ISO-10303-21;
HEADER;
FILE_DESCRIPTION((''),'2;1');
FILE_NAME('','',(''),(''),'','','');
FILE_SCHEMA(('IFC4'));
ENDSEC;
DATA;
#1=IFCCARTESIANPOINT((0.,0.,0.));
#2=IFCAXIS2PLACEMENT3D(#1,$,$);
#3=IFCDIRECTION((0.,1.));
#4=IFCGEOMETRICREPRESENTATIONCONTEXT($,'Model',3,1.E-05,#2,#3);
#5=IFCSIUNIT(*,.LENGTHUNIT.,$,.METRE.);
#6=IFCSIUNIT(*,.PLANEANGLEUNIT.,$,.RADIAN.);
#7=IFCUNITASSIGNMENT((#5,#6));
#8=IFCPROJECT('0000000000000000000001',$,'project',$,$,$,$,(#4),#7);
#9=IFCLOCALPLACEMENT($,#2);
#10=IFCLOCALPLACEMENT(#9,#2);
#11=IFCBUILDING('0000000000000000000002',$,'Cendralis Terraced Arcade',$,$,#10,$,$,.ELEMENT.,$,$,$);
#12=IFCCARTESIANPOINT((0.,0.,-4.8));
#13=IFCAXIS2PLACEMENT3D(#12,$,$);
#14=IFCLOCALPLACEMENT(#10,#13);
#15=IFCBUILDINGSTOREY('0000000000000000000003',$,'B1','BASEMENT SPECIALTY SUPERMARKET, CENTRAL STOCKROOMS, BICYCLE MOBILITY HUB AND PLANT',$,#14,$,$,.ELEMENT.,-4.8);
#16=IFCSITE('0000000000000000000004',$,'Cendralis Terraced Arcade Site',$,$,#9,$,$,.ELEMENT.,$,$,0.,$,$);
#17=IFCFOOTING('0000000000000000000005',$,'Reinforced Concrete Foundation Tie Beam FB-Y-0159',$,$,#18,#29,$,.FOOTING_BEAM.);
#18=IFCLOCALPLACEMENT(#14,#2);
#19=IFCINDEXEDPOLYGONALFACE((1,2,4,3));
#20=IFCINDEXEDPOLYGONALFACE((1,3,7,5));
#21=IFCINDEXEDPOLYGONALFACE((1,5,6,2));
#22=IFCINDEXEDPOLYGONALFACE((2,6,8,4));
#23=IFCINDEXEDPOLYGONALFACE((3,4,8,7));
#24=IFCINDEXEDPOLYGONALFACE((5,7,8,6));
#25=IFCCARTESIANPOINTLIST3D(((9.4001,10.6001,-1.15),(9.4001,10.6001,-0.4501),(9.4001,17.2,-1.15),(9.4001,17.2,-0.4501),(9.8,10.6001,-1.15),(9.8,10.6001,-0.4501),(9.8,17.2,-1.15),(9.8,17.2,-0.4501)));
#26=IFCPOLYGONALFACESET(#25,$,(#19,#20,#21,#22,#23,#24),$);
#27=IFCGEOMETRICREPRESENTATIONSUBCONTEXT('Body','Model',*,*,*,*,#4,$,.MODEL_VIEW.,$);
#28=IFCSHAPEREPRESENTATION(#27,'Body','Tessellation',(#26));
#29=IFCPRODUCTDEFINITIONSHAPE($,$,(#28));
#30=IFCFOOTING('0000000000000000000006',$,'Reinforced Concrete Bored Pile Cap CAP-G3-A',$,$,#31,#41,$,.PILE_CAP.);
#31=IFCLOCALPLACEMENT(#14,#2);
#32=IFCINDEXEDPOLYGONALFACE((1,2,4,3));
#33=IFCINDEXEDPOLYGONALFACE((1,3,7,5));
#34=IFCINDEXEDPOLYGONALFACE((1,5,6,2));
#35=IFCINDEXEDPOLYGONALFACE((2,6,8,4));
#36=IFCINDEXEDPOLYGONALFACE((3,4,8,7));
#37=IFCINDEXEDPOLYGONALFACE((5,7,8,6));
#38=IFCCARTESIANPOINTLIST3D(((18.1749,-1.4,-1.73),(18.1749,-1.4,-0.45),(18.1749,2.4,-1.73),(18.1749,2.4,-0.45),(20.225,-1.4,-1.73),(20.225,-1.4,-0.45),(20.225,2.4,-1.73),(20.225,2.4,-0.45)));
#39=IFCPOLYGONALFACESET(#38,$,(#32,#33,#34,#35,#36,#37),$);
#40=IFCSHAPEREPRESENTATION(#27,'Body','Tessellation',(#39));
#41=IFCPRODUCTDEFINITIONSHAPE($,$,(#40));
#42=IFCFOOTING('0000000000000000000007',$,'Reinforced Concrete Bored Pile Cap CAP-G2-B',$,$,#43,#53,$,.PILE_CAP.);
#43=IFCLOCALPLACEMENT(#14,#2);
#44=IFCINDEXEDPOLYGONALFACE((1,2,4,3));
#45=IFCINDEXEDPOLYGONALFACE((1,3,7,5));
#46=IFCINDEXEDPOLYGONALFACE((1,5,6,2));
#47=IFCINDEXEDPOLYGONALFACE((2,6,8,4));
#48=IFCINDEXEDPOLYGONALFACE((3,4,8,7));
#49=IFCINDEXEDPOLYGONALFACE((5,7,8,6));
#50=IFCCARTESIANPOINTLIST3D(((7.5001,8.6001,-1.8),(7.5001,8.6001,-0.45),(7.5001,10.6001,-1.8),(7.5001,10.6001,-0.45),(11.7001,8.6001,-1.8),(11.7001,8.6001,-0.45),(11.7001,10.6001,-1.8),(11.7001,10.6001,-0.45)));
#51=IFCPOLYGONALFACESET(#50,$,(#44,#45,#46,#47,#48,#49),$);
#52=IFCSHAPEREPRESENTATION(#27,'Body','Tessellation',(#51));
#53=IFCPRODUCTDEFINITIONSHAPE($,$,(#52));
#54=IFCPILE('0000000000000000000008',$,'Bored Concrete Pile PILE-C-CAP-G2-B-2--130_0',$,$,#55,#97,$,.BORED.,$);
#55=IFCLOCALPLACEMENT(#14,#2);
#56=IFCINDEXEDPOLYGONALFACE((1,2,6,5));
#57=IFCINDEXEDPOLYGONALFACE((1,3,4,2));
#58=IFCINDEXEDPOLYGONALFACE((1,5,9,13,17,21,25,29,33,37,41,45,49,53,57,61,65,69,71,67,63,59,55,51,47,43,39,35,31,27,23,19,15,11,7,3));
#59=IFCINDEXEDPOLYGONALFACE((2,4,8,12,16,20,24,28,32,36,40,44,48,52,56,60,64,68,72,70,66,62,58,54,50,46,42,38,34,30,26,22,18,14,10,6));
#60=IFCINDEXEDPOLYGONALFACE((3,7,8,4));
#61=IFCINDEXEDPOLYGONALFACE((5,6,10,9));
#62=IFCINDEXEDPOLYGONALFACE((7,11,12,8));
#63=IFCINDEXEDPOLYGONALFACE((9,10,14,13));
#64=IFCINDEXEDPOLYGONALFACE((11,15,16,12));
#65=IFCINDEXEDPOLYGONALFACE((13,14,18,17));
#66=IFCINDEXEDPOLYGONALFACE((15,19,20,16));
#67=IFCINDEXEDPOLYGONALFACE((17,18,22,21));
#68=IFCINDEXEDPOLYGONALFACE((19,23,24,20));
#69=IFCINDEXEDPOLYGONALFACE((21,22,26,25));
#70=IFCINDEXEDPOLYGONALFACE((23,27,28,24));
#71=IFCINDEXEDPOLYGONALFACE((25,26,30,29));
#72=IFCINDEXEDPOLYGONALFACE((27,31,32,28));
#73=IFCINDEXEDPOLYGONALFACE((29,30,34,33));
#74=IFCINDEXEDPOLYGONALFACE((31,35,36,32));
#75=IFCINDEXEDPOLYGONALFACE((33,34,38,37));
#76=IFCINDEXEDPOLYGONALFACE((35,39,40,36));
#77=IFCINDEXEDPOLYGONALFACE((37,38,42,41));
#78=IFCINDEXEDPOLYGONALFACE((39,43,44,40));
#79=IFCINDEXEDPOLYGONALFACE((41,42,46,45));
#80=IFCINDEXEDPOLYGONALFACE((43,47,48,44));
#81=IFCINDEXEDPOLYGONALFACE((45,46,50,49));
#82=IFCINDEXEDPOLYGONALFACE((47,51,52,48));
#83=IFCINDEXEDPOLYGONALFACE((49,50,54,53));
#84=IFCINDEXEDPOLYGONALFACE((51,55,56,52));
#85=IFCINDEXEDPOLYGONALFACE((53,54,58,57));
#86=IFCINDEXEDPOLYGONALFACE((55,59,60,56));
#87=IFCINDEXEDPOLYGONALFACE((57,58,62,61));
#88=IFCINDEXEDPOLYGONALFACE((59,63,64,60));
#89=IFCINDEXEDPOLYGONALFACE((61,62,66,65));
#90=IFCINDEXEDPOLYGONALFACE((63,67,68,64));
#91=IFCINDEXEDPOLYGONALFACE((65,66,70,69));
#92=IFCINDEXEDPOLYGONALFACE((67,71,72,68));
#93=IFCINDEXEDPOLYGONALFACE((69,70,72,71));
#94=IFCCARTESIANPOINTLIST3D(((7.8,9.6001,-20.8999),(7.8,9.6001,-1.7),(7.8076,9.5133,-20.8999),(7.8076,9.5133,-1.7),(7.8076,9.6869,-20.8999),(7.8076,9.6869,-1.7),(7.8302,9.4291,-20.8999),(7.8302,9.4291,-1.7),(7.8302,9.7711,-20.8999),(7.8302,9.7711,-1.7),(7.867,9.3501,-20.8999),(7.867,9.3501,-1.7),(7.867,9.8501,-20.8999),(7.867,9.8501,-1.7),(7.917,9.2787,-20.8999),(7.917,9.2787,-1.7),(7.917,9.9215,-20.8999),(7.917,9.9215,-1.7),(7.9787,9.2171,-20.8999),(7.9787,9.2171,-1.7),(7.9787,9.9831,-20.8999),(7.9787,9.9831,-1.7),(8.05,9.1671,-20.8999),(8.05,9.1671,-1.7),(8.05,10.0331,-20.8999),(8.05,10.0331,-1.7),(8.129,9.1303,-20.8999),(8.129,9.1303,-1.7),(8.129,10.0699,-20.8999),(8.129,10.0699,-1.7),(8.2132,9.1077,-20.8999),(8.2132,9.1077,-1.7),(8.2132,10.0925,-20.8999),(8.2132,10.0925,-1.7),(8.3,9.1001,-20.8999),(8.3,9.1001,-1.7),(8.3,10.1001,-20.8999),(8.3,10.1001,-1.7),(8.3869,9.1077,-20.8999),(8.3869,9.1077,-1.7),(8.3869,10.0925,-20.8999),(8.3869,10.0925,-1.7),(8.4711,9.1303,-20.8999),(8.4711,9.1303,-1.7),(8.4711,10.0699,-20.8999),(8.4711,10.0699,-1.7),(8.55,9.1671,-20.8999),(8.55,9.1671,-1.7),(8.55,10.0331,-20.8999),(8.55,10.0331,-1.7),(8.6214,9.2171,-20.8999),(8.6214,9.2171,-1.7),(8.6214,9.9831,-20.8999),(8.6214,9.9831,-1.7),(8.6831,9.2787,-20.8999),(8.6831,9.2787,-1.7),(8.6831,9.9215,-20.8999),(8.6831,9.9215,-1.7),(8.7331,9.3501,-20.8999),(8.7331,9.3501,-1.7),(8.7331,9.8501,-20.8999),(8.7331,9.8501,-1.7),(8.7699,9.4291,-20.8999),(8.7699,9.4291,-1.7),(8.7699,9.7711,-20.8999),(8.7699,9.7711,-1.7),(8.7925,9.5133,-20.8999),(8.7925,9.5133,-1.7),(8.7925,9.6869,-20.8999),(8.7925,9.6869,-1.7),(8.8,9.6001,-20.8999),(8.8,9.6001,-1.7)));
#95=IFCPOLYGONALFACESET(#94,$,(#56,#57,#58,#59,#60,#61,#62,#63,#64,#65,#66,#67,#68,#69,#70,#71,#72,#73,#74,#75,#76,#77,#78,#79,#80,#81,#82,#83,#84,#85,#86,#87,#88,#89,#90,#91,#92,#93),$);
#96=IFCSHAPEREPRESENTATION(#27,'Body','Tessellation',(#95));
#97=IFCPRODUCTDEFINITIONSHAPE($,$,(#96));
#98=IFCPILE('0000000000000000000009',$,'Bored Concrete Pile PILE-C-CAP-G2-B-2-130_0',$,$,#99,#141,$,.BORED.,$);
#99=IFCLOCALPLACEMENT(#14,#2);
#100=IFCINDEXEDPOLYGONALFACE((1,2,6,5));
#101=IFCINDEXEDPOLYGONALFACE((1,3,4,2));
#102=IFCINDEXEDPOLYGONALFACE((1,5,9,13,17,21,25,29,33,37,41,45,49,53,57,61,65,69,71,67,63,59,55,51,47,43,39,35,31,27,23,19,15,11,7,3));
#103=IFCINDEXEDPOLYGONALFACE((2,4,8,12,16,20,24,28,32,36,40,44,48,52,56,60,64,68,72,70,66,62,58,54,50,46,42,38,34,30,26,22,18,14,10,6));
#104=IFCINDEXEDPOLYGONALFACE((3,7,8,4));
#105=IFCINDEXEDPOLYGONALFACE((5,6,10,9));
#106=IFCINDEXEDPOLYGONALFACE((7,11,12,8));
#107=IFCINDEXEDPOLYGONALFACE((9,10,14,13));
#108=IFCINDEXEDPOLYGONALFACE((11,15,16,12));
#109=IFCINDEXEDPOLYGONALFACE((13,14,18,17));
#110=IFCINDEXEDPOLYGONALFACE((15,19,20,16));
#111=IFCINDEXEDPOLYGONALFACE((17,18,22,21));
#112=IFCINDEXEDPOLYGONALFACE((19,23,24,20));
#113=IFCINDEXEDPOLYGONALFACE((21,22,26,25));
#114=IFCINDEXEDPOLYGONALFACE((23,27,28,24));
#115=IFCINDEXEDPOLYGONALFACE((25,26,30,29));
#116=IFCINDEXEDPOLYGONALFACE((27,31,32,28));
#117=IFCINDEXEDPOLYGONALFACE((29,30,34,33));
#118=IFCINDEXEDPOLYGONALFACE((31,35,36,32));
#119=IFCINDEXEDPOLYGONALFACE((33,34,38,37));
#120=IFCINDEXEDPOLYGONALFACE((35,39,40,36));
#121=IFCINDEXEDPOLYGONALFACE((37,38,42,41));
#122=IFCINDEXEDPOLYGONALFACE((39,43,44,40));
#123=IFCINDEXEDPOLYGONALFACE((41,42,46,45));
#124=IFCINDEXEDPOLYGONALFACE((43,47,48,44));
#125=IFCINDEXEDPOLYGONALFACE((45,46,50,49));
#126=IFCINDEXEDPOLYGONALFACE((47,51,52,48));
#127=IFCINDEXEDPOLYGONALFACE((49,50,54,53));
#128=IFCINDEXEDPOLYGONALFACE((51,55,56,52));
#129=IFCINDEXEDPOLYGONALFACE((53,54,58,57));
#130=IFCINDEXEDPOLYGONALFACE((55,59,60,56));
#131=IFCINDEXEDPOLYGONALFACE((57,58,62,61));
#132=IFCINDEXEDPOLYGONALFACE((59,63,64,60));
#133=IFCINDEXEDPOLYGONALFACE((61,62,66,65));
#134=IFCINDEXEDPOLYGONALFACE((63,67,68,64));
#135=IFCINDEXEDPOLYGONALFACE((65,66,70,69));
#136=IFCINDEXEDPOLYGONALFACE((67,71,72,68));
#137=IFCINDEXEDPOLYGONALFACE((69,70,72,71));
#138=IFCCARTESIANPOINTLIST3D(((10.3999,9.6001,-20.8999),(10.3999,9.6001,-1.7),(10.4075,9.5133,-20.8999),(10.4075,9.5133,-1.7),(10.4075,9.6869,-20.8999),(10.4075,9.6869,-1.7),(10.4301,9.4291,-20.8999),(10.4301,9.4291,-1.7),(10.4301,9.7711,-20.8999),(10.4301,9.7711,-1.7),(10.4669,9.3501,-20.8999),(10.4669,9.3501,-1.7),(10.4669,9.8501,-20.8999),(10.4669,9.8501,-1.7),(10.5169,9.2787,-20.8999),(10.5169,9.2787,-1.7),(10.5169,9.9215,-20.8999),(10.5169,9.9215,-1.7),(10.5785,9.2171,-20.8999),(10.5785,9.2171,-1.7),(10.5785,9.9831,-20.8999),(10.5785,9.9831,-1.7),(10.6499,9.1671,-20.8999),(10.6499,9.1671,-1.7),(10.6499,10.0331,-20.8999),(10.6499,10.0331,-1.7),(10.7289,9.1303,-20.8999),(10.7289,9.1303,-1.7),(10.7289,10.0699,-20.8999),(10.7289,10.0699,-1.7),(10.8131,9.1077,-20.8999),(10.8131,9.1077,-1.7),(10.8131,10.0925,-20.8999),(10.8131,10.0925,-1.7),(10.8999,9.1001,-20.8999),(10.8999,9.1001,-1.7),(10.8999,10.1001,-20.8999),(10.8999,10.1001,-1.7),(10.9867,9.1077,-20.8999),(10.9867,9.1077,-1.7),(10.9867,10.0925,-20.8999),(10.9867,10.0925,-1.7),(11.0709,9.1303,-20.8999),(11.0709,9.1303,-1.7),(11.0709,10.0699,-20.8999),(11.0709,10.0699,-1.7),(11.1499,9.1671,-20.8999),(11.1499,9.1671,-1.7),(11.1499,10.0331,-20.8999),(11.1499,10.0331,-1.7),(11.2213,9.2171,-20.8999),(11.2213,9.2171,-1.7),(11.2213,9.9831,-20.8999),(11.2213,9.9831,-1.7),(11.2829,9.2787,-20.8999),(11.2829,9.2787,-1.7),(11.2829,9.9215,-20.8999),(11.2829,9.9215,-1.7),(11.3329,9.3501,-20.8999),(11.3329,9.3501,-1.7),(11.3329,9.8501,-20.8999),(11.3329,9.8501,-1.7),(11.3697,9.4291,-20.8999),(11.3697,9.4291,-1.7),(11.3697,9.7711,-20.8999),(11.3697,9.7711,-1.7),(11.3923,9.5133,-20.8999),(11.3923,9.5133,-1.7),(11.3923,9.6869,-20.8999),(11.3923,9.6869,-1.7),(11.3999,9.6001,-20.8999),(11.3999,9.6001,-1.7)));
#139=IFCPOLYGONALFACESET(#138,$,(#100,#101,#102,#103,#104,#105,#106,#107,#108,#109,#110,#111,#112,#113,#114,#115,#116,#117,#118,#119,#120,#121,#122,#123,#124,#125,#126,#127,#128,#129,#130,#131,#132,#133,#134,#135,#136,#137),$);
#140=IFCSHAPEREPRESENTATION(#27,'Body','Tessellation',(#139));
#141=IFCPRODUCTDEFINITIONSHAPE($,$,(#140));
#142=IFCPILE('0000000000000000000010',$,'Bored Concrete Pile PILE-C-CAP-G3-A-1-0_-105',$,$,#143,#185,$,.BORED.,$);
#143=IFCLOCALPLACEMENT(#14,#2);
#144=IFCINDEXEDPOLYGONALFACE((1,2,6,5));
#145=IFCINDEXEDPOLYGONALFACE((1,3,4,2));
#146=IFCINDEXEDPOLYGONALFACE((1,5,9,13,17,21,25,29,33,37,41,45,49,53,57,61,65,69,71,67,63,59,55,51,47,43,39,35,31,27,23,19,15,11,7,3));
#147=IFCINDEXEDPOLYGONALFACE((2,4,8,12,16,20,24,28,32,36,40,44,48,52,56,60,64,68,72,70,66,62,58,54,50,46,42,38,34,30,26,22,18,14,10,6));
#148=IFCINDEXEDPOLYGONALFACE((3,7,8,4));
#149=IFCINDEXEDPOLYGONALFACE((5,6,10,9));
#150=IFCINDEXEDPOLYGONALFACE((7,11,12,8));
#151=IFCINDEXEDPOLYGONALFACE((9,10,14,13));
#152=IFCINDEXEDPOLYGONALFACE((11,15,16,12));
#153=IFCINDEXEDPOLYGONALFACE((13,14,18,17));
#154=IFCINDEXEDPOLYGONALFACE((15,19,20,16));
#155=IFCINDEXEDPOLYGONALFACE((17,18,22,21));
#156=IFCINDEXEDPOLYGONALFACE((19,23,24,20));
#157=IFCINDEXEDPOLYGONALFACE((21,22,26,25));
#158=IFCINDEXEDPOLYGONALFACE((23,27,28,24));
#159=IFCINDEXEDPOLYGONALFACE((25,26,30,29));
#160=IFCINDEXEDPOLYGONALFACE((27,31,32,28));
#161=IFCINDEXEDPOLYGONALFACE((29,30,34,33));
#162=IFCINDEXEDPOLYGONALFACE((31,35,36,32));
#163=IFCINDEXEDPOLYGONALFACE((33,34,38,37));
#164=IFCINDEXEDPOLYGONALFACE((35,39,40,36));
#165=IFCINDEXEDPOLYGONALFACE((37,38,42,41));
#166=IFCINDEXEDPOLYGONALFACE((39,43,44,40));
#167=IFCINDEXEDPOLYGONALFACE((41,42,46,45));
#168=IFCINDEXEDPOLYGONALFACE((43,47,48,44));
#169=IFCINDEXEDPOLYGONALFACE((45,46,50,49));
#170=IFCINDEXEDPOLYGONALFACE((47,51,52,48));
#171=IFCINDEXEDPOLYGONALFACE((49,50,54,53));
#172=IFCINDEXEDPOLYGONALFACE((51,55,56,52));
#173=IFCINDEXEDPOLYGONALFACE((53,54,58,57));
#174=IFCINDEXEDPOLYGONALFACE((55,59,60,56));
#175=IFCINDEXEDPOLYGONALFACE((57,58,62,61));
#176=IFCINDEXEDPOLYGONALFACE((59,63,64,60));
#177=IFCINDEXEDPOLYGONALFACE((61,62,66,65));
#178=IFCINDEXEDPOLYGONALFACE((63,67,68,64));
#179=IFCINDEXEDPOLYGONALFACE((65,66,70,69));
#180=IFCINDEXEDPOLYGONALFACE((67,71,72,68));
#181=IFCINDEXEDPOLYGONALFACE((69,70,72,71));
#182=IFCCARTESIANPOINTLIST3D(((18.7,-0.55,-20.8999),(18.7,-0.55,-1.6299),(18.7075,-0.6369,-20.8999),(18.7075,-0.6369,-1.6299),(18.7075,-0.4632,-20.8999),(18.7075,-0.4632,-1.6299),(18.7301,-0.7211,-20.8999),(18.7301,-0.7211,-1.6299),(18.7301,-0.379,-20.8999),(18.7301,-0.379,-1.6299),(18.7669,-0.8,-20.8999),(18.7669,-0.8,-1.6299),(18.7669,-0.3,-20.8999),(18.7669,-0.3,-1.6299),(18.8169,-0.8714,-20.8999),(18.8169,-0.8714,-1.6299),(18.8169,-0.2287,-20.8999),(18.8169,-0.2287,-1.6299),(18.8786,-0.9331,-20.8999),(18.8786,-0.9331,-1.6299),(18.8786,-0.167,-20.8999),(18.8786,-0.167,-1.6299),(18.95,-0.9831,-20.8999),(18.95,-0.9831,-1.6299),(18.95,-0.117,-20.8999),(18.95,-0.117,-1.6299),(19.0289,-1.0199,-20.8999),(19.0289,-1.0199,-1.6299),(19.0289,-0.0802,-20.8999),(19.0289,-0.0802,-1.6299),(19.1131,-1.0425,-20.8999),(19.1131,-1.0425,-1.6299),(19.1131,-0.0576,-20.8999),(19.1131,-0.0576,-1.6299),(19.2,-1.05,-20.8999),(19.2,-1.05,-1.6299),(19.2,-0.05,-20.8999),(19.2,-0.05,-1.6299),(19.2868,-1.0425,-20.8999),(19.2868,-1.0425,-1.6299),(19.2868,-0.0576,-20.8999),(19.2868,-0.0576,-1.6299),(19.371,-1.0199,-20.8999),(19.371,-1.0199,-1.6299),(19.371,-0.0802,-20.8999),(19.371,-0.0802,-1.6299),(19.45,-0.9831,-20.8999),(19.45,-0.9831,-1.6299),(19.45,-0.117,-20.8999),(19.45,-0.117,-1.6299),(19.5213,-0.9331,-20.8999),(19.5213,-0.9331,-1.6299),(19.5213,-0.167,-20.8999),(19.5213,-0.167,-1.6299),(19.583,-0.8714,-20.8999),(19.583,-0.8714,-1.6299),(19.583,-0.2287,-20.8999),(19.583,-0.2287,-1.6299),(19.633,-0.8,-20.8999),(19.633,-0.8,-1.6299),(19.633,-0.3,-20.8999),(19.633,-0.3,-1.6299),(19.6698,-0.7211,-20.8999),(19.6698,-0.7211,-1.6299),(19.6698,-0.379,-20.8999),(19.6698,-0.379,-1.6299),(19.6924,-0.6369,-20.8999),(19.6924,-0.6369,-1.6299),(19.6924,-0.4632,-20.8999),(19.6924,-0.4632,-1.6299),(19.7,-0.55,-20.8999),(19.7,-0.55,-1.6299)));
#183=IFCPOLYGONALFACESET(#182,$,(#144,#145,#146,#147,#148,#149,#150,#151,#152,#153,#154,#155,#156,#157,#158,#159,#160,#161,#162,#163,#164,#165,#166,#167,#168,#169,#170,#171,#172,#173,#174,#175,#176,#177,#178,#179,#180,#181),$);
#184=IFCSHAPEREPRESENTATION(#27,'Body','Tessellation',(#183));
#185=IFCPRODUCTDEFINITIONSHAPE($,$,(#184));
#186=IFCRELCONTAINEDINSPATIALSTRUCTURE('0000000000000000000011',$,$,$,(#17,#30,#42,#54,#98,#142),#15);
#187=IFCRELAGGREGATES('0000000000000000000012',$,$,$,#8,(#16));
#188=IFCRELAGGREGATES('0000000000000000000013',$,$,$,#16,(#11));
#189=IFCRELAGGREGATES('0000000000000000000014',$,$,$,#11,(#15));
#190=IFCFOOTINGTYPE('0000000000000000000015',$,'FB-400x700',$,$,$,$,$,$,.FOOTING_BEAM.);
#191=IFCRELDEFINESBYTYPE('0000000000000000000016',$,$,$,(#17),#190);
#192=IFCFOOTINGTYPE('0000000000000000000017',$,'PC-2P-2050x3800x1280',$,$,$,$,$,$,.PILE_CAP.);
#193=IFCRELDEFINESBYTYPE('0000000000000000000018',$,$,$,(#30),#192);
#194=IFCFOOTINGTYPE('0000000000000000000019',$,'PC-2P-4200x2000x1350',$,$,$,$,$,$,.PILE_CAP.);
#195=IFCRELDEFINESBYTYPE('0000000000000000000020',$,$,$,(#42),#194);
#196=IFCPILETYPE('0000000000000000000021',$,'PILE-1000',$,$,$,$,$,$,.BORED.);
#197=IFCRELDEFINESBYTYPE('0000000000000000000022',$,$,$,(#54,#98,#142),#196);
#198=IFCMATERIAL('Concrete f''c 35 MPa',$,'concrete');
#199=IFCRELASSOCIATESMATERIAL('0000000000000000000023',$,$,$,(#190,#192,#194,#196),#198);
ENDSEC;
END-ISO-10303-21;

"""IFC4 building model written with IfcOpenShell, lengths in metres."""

from ifc_helpers import new_model, si_unit, direction, frame, origin, origin_2d, place, context, subcontext, project, spatial, rectangle, circle, extrude, material, material_profile, profile_set, type_object, element, save


model = new_model("IFC4")

# Units and contexts
model_context = context("Model", 3, precision=1e-05, world=origin(), true_north=direction((0.0, 1.0)))
body_context = subcontext(model_context, "Body", "Model", "MODEL_VIEW")
ifc_project = project(units=[si_unit("LENGTHUNIT", "METRE"), si_unit("PLANEANGLEUNIT", "RADIAN")], contexts=[model_context])

# Site, building, storey
site_placement = place(None, origin())
site = spatial("IfcSite", under=ifc_project, at=site_placement, Name="Cendralis Terraced Arcade Site", CompositionType="ELEMENT", RefElevation=0.0)
building_placement = place(site_placement, origin())
building = spatial("IfcBuilding", under=site, at=building_placement, Name="Cendralis Terraced Arcade", CompositionType="ELEMENT")
storey_placement = place(building_placement, frame((0.0, 0.0, -4.8)))
storey = spatial("IfcBuildingStorey", under=building, at=storey_placement, Name="B1", Description="BASEMENT SPECIALTY SUPERMARKET, CENTRAL STOCKROOMS, BICYCLE MOBILITY HUB AND PLANT", CompositionType="ELEMENT", Elevation=-4.8)

# Footings
ifc_material_1 = material(Name="Concrete f'c 35 MPa", Category="concrete")
ifc_material_profile_1 = material_profile(ifc_material_1, rectangle(XDim=0.3999, YDim=0.7, at=origin_2d()), Name="FB-400x700", Category="LoadBearing")
ifc_profile_set_1 = profile_set([ifc_material_profile_1], Name="Concrete f'c 35 MPa")
footing_type_1 = type_object("IfcFootingType", Name="FB-400x700", PredefinedType="FOOTING_BEAM", material=ifc_profile_set_1)
footing_1_placement = place(storey_placement, frame((9.6001, 10.6001, -0.8), z_axis=(0.0, 1.0, 0.0), x_axis=(-1.0, 0.0, 0.0)))
element("IfcFooting", 1, at=footing_1_placement, inside=storey, type_object=footing_type_1, Name="Reinforced Concrete Foundation Tie Beam FB-Y-0159", PredefinedType="FOOTING_BEAM", context=body_context, shape_type="SweptSolid", body=[
    extrude(rectangle(XDim=0.3999, YDim=0.7, at=origin_2d()), origin(), (0.0, 0.0, 1.0), 6.5999),
])
footing_type_2 = type_object("IfcFootingType", Name="PC-2P-2050x3800x1280", PredefinedType="PILE_CAP", material=ifc_material_1)
footing_2_placement = place(storey_placement, frame((19.2, 0.5, -1.73), z_axis=(0.0, 0.0, 1.0), x_axis=(1.0, 0.0, 0.0)))
element("IfcFooting", 2, at=footing_2_placement, inside=storey, type_object=footing_type_2, Name="Reinforced Concrete Bored Pile Cap CAP-G3-A", PredefinedType="PILE_CAP", context=body_context, shape_type="SweptSolid", body=[
    extrude(rectangle(XDim=2.05, YDim=3.8, at=origin_2d()), origin(), (0.0, 0.0, 1.0), 1.28),
])
footing_type_3 = type_object("IfcFootingType", Name="PC-2P-4200x2000x1350", PredefinedType="PILE_CAP", material=ifc_material_1)
footing_3_placement = place(storey_placement, frame((9.6001, 9.6001, -1.8), z_axis=(0.0, 0.0, 1.0), x_axis=(1.0, 0.0, 0.0)))
element("IfcFooting", 3, at=footing_3_placement, inside=storey, type_object=footing_type_3, Name="Reinforced Concrete Bored Pile Cap CAP-G2-B", PredefinedType="PILE_CAP", context=body_context, shape_type="SweptSolid", body=[
    extrude(rectangle(XDim=4.2, YDim=2.0, at=origin_2d()), origin(), (0.0, 0.0, 1.0), 1.3501),
])

# Piles
ifc_material_profile_2 = material_profile(ifc_material_1, circle(Radius=0.5, at=origin_2d()), Name="PILE-D1000", Category="LoadBearing")
ifc_profile_set_2 = profile_set([ifc_material_profile_2], Name="Concrete f'c 35 MPa")
pile_type_1 = type_object("IfcPileType", Name="PILE-1000", PredefinedType="BORED", material=ifc_profile_set_2)
for number, where, z_axis, x_axis, name in (
    (4, (8.3, 9.6001, -1.7), (0.0, 0.0, -1.0), (1.0, 0.0, 0.0), "Bored Concrete Pile PILE-C-CAP-G2-B-2--130_0"),
    (5, (10.8999, 9.6001, -1.7), (0.0, 0.0, -1.0), (1.0, 0.0, 0.0), "Bored Concrete Pile PILE-C-CAP-G2-B-2-130_0"),
):
    element("IfcPile", number, at=place(storey_placement, frame(where, z_axis=z_axis, x_axis=x_axis)), inside=storey, type_object=pile_type_1, Name=name, PredefinedType="BORED", context=body_context, shape_type="SweptSolid", body=[
        extrude(circle(Radius=0.5, at=origin_2d()), origin(), (0.0, 0.0, 1.0), 19.2),
    ])
for number, where, z_axis, x_axis, name in (
    (6, (19.2, -0.55, -1.6299), (0.0, 0.0, -1.0), (1.0, 0.0, 0.0), "Bored Concrete Pile PILE-C-CAP-G3-A-1-0_-105"),
):
    element("IfcPile", number, at=place(storey_placement, frame(where, z_axis=z_axis, x_axis=x_axis)), inside=storey, type_object=pile_type_1, Name=name, PredefinedType="BORED", context=body_context, shape_type="SweptSolid", body=[
        extrude(circle(Radius=0.5, at=origin_2d()), origin(), (0.0, 0.0, 1.0), 19.27),
    ])

save(model, "model.ifc")
